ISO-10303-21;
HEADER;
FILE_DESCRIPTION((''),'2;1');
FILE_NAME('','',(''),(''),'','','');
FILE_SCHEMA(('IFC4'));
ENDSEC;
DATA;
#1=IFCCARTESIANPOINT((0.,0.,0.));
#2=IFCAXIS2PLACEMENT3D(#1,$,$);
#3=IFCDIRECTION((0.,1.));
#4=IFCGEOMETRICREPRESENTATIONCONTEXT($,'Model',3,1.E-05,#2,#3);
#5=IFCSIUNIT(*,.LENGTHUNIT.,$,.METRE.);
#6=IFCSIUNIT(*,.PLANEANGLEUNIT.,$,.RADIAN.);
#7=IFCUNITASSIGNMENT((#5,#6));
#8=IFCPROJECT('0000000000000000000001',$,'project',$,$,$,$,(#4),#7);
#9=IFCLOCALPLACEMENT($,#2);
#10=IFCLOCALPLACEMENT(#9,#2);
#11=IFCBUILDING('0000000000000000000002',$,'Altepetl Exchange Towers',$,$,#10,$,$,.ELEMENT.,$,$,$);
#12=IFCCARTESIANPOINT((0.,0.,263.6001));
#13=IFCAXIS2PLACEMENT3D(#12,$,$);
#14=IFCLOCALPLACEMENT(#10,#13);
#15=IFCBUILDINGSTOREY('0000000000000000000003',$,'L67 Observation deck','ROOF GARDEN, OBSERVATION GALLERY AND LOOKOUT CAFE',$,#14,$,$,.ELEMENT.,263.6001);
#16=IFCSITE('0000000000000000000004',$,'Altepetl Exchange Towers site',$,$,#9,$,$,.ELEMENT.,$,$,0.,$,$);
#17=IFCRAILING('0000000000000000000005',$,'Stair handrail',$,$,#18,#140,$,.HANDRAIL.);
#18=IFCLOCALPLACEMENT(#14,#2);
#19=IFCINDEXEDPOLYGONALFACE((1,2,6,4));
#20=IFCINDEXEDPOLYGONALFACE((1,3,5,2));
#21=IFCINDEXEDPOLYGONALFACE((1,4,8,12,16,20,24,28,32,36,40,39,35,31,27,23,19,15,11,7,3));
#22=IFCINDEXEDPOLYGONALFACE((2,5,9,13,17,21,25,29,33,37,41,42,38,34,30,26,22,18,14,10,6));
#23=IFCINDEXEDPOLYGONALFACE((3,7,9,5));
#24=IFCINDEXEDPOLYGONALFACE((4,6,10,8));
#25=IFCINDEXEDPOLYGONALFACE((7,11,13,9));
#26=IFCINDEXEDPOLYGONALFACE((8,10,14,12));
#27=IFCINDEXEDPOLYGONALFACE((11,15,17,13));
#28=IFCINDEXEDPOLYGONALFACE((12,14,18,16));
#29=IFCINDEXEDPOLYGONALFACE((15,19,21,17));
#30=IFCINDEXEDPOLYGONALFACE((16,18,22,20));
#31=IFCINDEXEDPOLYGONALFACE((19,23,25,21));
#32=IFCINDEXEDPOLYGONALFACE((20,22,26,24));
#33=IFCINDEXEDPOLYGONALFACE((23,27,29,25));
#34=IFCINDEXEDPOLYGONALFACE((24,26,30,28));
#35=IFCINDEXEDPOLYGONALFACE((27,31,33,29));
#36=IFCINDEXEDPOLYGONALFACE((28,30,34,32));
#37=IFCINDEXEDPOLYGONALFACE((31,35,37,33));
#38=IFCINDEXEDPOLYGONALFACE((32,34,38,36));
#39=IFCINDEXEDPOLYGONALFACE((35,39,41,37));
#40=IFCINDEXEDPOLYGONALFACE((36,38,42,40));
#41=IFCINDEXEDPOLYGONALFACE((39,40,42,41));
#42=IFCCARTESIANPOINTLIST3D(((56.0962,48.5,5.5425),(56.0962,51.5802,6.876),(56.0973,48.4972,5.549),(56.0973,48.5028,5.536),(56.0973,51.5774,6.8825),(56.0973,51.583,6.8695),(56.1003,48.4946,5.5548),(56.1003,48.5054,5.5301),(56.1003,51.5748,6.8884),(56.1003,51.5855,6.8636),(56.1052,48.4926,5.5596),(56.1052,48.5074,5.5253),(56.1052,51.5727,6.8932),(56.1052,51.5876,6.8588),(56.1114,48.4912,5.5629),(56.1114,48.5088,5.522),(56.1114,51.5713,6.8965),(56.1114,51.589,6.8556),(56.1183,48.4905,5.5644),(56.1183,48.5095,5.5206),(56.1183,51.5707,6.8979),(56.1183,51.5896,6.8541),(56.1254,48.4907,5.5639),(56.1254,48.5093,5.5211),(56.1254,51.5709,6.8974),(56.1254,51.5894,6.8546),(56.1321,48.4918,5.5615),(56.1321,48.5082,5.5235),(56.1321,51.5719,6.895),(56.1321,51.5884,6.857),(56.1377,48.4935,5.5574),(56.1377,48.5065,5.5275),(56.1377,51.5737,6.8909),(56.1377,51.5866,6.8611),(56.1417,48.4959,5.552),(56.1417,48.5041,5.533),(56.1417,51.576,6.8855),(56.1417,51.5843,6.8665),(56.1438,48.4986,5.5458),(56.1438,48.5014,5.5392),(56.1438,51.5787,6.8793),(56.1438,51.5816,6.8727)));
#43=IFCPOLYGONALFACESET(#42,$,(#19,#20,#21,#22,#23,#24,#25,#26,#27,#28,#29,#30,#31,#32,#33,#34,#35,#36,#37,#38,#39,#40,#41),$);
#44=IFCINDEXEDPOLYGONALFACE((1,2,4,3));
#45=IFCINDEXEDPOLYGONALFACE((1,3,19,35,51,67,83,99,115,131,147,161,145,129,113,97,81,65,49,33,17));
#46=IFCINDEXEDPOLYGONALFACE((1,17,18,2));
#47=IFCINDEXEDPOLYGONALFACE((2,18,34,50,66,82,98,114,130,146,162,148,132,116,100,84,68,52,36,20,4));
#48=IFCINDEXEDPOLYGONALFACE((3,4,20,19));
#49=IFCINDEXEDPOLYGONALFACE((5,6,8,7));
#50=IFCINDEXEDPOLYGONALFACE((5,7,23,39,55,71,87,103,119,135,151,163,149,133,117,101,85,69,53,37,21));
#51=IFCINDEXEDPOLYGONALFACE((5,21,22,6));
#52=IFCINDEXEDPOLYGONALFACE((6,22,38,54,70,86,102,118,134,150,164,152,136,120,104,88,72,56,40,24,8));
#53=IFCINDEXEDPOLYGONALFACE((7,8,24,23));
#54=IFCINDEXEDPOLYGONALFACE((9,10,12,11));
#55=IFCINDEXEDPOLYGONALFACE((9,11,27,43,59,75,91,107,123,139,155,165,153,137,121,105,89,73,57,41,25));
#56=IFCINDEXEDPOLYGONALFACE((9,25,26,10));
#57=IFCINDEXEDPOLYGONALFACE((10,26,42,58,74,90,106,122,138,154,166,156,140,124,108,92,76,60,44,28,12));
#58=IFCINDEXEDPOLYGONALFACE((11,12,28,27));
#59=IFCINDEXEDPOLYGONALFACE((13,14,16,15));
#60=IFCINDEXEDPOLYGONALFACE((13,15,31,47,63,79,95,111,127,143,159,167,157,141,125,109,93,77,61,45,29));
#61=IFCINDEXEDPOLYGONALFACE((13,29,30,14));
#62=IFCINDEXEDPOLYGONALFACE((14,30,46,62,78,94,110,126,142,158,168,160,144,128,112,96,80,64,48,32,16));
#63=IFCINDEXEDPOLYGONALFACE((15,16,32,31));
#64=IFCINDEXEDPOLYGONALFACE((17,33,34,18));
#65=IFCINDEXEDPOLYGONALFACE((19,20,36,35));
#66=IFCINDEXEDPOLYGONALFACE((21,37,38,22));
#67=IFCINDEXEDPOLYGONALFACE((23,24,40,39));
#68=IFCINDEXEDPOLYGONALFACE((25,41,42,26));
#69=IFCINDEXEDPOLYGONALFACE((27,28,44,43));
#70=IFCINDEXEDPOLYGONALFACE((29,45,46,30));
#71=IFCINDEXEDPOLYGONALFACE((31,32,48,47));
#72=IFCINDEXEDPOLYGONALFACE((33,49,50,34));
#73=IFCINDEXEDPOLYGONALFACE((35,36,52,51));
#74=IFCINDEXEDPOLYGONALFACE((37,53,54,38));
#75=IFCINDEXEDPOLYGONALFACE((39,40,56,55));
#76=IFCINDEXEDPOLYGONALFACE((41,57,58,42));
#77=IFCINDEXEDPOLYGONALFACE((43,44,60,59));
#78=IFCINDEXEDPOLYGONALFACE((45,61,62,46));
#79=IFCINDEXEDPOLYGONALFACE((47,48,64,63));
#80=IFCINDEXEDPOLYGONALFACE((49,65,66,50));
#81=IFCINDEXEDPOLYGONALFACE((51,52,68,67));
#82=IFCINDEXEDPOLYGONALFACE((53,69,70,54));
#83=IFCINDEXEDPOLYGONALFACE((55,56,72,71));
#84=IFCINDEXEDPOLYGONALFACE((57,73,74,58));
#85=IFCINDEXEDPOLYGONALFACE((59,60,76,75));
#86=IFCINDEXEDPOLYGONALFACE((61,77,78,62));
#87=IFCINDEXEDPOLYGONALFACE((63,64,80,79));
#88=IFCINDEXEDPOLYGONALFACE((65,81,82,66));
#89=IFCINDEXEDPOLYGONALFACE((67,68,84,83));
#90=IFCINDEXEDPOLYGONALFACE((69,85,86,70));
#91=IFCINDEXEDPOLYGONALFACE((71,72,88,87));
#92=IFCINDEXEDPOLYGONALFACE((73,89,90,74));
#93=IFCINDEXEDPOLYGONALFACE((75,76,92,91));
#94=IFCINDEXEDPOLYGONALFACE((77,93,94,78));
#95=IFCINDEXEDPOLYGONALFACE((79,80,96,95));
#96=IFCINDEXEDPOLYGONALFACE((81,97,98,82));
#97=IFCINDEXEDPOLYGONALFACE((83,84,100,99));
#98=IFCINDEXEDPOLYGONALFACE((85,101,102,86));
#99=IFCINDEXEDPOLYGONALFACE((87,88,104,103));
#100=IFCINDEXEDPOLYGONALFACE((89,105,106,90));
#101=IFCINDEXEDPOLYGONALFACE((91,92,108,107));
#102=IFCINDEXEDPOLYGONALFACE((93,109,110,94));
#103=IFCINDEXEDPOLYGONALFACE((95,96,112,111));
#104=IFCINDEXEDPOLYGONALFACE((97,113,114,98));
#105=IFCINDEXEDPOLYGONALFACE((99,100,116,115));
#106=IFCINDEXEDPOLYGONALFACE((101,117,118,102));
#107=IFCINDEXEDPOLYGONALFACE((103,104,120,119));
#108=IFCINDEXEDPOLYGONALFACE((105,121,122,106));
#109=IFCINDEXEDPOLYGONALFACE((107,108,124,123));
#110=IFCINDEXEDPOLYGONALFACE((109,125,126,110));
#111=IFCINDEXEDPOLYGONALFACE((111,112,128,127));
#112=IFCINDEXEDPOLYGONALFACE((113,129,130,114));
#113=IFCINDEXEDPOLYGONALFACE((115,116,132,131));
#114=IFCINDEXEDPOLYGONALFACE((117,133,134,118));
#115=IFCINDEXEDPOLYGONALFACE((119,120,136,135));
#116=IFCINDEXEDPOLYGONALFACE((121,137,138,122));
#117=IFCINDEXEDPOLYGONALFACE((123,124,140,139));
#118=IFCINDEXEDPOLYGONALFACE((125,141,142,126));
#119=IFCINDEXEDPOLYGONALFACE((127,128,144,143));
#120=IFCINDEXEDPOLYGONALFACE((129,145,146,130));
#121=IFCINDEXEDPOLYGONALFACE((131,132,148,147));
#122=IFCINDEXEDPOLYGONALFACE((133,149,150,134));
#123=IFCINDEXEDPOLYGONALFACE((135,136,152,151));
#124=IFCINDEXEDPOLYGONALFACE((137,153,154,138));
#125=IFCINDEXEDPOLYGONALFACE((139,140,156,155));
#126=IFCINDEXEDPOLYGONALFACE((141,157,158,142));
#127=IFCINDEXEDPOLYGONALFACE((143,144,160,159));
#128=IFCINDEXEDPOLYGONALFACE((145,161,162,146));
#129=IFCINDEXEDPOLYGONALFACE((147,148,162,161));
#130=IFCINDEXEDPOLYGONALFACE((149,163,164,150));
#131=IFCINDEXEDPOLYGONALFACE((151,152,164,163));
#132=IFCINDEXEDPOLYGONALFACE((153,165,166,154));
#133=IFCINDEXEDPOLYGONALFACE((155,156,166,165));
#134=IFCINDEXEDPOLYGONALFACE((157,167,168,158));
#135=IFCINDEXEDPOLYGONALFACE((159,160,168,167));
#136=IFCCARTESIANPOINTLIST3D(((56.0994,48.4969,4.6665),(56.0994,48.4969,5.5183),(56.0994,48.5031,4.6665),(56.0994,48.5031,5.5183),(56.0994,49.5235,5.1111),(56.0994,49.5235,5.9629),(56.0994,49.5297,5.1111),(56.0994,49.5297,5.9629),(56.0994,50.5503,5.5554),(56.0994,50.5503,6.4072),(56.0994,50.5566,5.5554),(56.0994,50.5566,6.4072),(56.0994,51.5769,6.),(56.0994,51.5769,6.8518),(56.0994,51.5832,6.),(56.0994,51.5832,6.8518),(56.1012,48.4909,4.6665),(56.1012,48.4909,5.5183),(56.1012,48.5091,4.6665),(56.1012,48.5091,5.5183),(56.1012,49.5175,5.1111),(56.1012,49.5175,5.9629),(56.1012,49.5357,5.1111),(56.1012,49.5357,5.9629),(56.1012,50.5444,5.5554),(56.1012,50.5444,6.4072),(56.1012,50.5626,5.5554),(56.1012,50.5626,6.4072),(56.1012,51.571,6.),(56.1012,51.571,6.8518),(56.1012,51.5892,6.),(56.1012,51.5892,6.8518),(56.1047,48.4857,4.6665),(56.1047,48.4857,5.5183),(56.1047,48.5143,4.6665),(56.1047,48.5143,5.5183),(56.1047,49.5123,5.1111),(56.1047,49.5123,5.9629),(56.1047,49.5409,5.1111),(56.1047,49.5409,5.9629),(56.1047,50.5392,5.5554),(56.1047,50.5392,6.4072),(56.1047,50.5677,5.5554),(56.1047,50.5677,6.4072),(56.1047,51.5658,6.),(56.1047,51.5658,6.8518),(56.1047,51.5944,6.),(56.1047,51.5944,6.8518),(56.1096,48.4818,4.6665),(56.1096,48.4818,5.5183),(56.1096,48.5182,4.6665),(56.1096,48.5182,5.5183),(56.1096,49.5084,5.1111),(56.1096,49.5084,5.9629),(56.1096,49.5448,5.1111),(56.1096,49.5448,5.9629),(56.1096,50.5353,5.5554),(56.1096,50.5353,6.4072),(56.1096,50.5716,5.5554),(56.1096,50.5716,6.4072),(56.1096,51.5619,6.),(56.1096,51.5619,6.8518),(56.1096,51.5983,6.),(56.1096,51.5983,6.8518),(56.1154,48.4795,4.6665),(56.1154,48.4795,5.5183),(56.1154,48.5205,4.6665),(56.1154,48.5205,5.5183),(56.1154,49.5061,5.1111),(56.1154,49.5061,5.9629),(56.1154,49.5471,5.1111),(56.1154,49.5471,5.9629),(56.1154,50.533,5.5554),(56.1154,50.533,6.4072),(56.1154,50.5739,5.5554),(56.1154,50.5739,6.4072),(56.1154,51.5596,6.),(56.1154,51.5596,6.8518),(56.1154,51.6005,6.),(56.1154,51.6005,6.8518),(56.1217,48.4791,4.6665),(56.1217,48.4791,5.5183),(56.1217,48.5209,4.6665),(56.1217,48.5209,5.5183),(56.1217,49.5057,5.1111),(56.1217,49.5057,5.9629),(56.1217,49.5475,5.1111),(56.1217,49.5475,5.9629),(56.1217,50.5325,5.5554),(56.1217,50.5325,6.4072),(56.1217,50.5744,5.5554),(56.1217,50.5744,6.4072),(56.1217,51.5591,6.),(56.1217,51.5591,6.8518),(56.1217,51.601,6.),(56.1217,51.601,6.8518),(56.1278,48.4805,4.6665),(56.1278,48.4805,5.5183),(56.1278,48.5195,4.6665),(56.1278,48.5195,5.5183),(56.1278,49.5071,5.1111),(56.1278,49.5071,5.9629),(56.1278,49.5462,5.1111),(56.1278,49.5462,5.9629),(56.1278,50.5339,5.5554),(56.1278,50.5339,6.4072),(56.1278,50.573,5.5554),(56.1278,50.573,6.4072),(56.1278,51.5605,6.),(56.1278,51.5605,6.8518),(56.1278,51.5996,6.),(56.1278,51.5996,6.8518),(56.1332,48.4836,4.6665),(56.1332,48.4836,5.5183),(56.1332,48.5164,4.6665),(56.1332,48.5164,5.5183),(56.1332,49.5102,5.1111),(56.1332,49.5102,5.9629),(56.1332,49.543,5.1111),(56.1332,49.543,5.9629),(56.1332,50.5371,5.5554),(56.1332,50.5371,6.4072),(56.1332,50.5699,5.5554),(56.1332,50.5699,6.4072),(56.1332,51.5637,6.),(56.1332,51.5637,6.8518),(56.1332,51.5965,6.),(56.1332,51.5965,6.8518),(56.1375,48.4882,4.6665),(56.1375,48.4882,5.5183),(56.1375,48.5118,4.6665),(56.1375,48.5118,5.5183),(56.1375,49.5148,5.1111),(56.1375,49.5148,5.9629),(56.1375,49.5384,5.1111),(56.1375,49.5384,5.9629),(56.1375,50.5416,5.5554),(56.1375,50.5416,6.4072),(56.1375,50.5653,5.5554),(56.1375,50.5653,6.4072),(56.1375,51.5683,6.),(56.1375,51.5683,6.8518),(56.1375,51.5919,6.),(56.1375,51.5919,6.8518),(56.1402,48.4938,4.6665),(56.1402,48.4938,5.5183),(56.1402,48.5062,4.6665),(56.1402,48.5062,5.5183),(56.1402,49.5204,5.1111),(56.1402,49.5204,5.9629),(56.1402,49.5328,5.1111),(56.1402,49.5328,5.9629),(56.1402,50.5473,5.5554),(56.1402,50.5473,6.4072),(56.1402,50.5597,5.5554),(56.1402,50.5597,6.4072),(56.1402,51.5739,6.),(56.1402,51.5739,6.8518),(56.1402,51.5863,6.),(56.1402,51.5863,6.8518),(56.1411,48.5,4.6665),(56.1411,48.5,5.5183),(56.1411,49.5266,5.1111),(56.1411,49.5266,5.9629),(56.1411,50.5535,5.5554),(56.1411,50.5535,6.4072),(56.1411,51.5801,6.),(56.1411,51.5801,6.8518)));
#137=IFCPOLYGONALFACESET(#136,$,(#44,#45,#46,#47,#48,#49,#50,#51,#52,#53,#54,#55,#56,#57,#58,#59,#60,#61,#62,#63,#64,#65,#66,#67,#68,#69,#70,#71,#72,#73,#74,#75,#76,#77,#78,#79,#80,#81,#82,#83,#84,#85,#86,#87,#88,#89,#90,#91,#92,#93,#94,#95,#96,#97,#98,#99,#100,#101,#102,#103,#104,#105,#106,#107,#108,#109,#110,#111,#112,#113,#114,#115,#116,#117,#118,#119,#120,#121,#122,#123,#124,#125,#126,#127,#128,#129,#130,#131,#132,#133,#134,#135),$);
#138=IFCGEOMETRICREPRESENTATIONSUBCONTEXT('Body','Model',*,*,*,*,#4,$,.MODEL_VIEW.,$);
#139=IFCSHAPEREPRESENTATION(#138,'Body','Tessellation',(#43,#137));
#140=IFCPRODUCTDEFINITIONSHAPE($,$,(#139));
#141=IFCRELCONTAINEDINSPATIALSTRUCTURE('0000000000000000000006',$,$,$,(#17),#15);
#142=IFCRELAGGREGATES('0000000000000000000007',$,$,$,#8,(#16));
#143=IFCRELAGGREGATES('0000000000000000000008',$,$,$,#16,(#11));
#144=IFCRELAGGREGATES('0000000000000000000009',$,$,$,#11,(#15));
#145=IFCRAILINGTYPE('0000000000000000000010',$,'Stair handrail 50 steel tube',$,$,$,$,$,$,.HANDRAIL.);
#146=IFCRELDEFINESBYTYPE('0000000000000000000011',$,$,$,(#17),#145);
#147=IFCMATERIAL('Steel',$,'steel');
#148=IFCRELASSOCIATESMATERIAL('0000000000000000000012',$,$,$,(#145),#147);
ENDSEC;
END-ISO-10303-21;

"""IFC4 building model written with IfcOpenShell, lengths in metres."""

from ifc_helpers import new_model, si_unit, direction, frame, origin, origin_2d, place, context, subcontext, project, spatial, circle, extrude, source, transform, mapped, material, type_object, element, save


model = new_model("IFC4")

# Units and contexts
model_context = context("Model", 3, precision=1e-05, world=origin(), true_north=direction((0.0, 1.0)))
body_context = subcontext(model_context, "Body", "Model", "MODEL_VIEW")
ifc_project = project(units=[si_unit("LENGTHUNIT", "METRE"), si_unit("PLANEANGLEUNIT", "RADIAN")], contexts=[model_context])

# Site, building, storey
site_placement = place(None, origin())
site = spatial("IfcSite", under=ifc_project, at=site_placement, Name="Altepetl Exchange Towers site", CompositionType="ELEMENT", RefElevation=0.0)
building_placement = place(site_placement, origin())
building = spatial("IfcBuilding", under=site, at=building_placement, Name="Altepetl Exchange Towers", CompositionType="ELEMENT")
storey_placement = place(building_placement, frame((0.0, 0.0, 263.6001)))
storey = spatial("IfcBuildingStorey", under=building, at=storey_placement, Name="L67 Observation deck", Description="ROOF GARDEN, OBSERVATION GALLERY AND LOOKOUT CAFE", CompositionType="ELEMENT", Elevation=263.6001)

# Railing
ifc_material_1 = material(Name="Steel", Category="steel")
railing_type = type_object("IfcRailingType", Name="Stair handrail 50 steel tube", PredefinedType="HANDRAIL", material=ifc_material_1)
shared_shape = source(origin(), body_context, "Body", "SweptSolid", [
    extrude(circle(Radius=0.021, at=origin_2d()), origin(), (0.0, 0.0, 1.0), 0.8518),
])
for number, where, name in (
    (1, (56.1201, 48.5, 4.6665), "Stair handrail"),
):
    element("IfcRailing", number, at=place(storey_placement, frame(where)), inside=storey, type_object=railing_type, Name=name, PredefinedType="HANDRAIL", context=body_context, shape_type="SweptSolid", body=[
        extrude(circle(Radius=0.0239, at=origin_2d()), frame((0.0, 0.0, 0.876), z_axis=(0.0, 0.917686, 0.397305), x_axis=(-1.0, 0.0, 0.0)), (0.0, 0.0, 1.0), 3.3564),
        mapped(shared_shape, transform((0.0, 0.0, 0.0))),
        mapped(shared_shape, transform((0.0, 1.0266, 0.4446))),
        mapped(shared_shape, transform((0.0, 2.0535, 0.8889))),
        mapped(shared_shape, transform((0.0, 3.0801, 1.3335))),
    ])

save(model, "model.ifc")
